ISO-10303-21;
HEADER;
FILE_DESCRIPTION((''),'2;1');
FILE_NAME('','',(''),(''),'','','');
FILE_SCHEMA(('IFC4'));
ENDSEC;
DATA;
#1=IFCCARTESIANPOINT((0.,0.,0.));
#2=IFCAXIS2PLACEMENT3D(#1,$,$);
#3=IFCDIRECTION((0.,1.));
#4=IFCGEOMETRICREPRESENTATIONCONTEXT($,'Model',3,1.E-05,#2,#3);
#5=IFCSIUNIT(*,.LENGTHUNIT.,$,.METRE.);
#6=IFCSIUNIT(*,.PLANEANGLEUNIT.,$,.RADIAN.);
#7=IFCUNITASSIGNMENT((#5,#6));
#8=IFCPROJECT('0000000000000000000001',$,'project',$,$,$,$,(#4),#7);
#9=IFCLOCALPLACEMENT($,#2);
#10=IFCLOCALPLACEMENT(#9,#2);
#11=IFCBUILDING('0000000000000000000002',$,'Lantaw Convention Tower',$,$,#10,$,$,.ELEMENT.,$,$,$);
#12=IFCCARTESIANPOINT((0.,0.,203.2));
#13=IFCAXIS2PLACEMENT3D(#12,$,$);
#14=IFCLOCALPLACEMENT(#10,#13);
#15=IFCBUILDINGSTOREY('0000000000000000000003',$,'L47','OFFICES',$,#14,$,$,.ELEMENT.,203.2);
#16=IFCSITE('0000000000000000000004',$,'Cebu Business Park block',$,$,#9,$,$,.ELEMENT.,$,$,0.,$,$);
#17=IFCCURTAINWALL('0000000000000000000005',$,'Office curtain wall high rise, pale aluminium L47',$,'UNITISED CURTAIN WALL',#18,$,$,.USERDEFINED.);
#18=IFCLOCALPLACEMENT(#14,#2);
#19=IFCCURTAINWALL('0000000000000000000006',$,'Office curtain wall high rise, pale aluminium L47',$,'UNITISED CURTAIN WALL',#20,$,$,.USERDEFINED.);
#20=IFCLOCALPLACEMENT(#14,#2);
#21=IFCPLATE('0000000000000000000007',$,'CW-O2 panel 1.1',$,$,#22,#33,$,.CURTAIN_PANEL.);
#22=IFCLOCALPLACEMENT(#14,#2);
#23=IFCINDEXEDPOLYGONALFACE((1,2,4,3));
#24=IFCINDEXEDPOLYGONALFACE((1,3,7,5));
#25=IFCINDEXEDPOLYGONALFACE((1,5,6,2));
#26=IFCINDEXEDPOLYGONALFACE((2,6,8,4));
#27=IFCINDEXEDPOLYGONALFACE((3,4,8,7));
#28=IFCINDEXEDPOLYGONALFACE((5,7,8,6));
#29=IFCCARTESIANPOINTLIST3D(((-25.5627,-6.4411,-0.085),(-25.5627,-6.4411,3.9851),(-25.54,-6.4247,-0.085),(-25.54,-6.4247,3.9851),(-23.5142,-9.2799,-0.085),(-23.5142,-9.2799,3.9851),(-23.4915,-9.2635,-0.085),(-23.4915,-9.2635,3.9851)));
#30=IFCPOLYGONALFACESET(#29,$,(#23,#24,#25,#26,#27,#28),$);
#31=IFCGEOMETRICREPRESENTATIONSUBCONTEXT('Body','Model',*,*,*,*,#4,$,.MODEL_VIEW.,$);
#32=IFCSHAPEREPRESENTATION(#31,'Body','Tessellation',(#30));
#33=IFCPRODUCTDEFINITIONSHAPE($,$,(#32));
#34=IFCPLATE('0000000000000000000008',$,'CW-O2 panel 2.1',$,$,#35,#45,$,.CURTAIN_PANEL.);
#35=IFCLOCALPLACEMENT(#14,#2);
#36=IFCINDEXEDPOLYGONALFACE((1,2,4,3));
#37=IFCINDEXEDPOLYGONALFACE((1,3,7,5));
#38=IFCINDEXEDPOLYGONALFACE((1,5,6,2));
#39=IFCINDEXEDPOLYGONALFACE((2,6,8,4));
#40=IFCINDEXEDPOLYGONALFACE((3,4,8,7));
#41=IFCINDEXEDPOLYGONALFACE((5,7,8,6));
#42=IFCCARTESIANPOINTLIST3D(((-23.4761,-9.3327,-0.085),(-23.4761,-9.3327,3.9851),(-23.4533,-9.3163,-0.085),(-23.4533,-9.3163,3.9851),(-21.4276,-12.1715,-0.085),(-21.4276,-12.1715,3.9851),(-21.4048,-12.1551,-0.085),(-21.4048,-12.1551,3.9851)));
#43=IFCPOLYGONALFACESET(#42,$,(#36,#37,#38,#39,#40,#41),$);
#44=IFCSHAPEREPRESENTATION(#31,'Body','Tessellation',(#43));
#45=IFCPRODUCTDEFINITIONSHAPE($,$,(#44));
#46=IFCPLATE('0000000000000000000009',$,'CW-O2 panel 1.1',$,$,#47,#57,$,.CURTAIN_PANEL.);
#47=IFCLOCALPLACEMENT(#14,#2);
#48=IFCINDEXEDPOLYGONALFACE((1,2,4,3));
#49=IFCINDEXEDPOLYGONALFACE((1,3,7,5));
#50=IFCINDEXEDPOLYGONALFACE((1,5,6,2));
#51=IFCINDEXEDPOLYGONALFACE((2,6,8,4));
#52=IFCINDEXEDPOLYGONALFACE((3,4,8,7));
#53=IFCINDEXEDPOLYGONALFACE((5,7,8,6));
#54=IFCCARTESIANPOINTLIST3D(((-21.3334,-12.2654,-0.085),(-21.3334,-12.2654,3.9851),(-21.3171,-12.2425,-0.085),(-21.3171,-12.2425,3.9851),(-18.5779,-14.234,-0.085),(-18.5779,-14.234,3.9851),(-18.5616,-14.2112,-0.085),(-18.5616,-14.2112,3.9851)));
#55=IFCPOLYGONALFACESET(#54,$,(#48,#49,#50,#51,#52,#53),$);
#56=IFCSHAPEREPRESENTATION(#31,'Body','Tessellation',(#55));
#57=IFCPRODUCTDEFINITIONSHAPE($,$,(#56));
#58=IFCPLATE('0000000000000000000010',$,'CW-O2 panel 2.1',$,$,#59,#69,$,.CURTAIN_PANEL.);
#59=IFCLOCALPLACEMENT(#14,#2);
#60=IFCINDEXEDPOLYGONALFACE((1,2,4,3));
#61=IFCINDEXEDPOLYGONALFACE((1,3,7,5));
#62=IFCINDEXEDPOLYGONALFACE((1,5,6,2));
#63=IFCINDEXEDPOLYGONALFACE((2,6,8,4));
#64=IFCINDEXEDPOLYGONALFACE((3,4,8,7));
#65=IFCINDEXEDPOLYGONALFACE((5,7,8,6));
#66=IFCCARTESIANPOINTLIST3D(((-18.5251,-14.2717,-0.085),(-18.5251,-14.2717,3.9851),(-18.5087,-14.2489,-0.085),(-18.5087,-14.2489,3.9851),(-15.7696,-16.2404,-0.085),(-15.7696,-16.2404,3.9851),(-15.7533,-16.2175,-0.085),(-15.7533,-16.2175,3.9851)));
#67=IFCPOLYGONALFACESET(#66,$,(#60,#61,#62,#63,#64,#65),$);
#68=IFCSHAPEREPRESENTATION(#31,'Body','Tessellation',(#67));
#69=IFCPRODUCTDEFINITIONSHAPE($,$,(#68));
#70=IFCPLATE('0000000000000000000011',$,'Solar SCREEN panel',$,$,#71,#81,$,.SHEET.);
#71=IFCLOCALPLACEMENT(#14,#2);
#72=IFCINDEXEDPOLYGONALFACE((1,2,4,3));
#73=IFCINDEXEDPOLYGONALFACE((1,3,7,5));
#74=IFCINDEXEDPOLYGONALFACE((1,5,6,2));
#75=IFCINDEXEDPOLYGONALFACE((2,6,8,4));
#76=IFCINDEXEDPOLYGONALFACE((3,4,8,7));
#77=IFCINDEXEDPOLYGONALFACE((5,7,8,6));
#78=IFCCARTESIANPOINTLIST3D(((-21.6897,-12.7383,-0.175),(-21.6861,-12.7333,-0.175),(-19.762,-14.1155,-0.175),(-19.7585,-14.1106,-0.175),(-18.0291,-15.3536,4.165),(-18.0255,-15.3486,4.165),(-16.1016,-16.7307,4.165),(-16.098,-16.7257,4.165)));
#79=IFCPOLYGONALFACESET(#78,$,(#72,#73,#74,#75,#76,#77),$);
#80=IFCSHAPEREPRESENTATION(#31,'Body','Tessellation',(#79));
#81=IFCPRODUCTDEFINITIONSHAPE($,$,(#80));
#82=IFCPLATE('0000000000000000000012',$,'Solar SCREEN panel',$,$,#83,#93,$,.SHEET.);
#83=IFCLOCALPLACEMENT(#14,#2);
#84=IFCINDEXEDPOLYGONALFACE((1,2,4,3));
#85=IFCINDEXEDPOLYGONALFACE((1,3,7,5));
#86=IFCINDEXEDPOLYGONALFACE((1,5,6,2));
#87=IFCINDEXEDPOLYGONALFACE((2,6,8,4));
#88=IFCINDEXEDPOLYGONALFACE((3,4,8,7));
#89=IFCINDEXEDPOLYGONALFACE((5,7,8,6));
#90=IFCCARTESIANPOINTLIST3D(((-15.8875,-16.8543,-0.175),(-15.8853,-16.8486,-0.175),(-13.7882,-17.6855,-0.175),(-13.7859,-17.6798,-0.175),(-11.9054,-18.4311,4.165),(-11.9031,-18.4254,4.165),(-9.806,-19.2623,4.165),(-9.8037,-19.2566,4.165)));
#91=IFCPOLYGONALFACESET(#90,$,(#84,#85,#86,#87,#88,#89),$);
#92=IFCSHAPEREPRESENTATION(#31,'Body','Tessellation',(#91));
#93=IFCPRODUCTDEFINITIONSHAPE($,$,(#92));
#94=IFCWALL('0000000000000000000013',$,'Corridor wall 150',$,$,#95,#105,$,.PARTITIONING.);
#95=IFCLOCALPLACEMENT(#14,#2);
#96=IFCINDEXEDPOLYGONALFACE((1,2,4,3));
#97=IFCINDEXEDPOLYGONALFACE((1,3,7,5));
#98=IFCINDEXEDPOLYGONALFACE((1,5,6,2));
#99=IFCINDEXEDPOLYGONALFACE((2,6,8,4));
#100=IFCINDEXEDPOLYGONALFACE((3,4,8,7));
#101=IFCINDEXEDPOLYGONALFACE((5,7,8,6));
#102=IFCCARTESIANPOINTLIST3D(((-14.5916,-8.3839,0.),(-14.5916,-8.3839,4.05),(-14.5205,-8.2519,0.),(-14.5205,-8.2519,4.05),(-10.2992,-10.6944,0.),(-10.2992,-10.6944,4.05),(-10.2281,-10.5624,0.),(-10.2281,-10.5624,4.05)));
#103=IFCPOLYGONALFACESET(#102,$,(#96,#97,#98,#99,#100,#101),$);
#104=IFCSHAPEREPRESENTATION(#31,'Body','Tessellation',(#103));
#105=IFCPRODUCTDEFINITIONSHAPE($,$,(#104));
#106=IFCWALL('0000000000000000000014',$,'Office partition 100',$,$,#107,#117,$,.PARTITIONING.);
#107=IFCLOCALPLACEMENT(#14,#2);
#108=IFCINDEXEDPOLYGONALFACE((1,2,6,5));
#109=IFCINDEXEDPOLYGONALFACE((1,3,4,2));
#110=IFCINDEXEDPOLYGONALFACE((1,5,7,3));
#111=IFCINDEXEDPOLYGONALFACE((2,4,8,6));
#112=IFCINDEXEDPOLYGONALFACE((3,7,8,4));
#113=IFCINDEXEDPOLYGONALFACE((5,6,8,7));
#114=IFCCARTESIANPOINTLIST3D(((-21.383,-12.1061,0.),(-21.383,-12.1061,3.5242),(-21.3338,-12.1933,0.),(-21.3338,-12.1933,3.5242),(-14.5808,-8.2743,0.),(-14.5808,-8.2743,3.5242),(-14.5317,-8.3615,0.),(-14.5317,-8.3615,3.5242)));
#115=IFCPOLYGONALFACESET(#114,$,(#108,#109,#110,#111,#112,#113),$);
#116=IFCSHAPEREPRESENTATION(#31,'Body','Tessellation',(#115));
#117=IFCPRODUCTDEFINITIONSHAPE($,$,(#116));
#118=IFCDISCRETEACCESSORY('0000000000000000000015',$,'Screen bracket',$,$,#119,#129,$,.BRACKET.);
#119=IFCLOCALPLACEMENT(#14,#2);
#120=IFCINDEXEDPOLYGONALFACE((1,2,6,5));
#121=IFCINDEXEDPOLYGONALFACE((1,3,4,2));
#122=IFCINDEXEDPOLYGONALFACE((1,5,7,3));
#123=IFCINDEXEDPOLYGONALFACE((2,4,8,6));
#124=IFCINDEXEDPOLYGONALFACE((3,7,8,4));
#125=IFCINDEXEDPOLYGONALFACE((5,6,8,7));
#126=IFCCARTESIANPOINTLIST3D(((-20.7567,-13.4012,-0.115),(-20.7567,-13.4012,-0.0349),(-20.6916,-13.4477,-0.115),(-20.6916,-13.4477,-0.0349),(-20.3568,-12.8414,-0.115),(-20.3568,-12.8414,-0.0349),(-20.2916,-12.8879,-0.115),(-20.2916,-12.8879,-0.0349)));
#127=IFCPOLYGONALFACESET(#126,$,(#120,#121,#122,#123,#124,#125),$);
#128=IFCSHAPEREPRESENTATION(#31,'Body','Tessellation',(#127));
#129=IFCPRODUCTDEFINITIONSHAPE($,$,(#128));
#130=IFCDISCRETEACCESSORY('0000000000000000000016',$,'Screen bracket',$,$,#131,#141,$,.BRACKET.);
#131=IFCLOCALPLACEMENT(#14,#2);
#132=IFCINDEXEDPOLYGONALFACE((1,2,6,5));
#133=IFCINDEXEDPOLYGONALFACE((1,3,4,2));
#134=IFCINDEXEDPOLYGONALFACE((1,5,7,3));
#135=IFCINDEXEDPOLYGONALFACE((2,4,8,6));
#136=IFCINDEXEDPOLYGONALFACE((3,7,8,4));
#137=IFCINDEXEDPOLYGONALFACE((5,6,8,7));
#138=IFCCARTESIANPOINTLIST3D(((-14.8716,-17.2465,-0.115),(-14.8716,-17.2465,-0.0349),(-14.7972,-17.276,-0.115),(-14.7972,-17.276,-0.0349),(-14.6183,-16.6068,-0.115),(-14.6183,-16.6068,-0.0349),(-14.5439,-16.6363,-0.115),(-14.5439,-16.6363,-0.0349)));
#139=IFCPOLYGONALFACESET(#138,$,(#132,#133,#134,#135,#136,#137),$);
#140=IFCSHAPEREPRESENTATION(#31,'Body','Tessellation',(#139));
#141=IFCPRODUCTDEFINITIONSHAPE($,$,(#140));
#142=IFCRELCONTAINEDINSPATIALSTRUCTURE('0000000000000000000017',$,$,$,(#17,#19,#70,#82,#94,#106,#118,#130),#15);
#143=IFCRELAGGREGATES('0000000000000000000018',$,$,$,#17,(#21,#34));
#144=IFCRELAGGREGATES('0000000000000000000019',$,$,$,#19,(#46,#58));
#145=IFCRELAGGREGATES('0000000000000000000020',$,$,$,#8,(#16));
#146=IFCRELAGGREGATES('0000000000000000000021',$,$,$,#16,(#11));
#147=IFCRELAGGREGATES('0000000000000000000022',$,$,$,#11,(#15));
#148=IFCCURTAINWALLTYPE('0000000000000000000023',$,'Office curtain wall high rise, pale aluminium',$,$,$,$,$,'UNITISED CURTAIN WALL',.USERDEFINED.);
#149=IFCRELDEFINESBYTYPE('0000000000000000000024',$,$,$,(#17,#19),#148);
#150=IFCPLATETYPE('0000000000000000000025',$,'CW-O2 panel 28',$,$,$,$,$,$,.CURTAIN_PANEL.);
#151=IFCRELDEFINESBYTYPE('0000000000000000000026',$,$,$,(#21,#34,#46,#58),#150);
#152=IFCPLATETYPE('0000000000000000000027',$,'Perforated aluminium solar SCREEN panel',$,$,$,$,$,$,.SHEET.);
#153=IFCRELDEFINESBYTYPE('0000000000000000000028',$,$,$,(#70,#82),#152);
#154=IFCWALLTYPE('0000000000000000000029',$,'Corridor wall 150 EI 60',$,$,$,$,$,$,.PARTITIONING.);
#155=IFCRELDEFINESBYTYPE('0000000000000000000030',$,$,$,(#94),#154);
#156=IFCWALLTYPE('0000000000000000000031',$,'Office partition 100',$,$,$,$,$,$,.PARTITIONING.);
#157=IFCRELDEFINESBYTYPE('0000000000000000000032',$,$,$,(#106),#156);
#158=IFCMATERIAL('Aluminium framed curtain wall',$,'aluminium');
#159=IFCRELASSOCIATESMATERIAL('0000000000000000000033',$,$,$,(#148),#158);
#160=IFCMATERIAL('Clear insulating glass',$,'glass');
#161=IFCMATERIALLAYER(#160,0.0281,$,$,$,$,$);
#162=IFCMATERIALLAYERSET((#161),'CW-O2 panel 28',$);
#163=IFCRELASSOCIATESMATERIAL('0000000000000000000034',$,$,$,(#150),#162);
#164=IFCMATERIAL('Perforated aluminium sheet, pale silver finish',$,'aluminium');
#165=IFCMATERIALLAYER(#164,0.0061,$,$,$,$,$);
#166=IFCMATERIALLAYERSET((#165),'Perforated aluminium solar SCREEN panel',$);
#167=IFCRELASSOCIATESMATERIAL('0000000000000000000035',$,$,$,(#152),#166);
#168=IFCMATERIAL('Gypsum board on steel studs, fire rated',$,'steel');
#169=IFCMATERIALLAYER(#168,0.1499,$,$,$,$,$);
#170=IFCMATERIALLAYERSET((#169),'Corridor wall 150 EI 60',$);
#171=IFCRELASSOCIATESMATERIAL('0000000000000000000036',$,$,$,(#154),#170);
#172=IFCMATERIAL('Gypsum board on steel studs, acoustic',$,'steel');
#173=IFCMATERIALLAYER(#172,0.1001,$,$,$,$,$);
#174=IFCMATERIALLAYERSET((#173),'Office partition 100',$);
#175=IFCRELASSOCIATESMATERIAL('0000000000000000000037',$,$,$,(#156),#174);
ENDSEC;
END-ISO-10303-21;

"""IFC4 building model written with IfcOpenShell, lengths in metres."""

from ifc_helpers import new_model, si_unit, direction, frame, frame_2d, origin, origin_2d, place, context, subcontext, project, spatial, polyline, rectangle, outline, extrude, material, layer, layer_set, type_object, element, aggregate, save


model = new_model("IFC4")

# Units and contexts
model_context = context("Model", 3, precision=1e-05, world=origin(), true_north=direction((0.0, 1.0)))
body_context = subcontext(model_context, "Body", "Model", "MODEL_VIEW")
ifc_project = project(units=[si_unit("LENGTHUNIT", "METRE"), si_unit("PLANEANGLEUNIT", "RADIAN")], contexts=[model_context])

# Site, building, storey
site_placement = place(None, origin())
site = spatial("IfcSite", under=ifc_project, at=site_placement, Name="Cebu Business Park block", CompositionType="ELEMENT", RefElevation=0.0)
building_placement = place(site_placement, origin())
building = spatial("IfcBuilding", under=site, at=building_placement, Name="Lantaw Convention Tower", CompositionType="ELEMENT")
storey_placement = place(building_placement, frame((0.0, 0.0, 203.2)))
storey = spatial("IfcBuildingStorey", under=building, at=storey_placement, Name="L47", Description="OFFICES", CompositionType="ELEMENT", Elevation=203.2)

# Curtain walls
ifc_material_1 = material(Name="Aluminium framed curtain wall", Category="aluminium")
curtain_wall_type = type_object("IfcCurtainWallType", Name="Office curtain wall high rise, pale aluminium", ElementType="UNITISED CURTAIN WALL", PredefinedType="USERDEFINED", material=ifc_material_1)
curtain_wall_1_placement = place(storey_placement, origin())
curtain_wall_1 = element("IfcCurtainWall", 1, at=curtain_wall_1_placement, inside=storey, type_object=curtain_wall_type, Name="Office curtain wall high rise, pale aluminium L47", ObjectType="UNITISED CURTAIN WALL", PredefinedType="USERDEFINED")
curtain_wall_2_placement = place(storey_placement, origin())
curtain_wall_2 = element("IfcCurtainWall", 2, at=curtain_wall_2_placement, inside=storey, type_object=curtain_wall_type, Name="Office curtain wall high rise, pale aluminium L47", ObjectType="UNITISED CURTAIN WALL", PredefinedType="USERDEFINED")

# Plates
ifc_material_2 = material(Name="Clear insulating glass", Category="glass")
ifc_layer_1 = layer(ifc_material_2, 0.0281)
ifc_layer_set_1 = layer_set([ifc_layer_1], Name="CW-O2 panel 28")
plate_type_1 = type_object("IfcPlateType", Name="CW-O2 panel 28", PredefinedType="CURTAIN_PANEL", material=ifc_layer_set_1)
plate_1_placement = place(storey_placement, frame((-24.5271, -7.8523, -0.085), z_axis=(0.0, 0.0, 1.0), x_axis=(0.585158, -0.81092, 0.0)))
plate_1 = element("IfcPlate", 3, at=plate_1_placement, type_object=plate_type_1, Name="CW-O2 panel 1.1", PredefinedType="CURTAIN_PANEL", context=body_context, shape_type="SweptSolid", body=[
    extrude(rectangle(XDim=3.5007, YDim=0.0281, at=origin_2d()), origin(), (0.0, 0.0, 1.0), 4.0701),
])
plate_2_placement = place(storey_placement, frame((-22.4404, -10.7439, -0.085), z_axis=(0.0, 0.0, 1.0), x_axis=(0.585158, -0.81092, 0.0)))
plate_2 = element("IfcPlate", 4, at=plate_2_placement, type_object=plate_type_1, Name="CW-O2 panel 2.1", PredefinedType="CURTAIN_PANEL", context=body_context, shape_type="SweptSolid", body=[
    extrude(rectangle(XDim=3.5007, YDim=0.0281, at=origin_2d()), origin(), (0.0, 0.0, 1.0), 4.0701),
])
aggregate(curtain_wall_1, [plate_1, plate_2])
plate_3_placement = place(storey_placement, frame((-19.9475, -13.2383, -0.085), z_axis=(0.0, 0.0, 1.0), x_axis=(0.813673, -0.581323, 0.0)))
plate_3 = element("IfcPlate", 5, at=plate_3_placement, type_object=plate_type_1, Name="CW-O2 panel 1.1", PredefinedType="CURTAIN_PANEL", context=body_context, shape_type="SweptSolid", body=[
    extrude(rectangle(XDim=3.3865, YDim=0.0281, at=origin_2d()), origin(), (0.0, 0.0, 1.0), 4.0701),
])
plate_4_placement = place(storey_placement, frame((-17.1392, -15.2446, -0.085), z_axis=(0.0, 0.0, 1.0), x_axis=(0.813673, -0.581323, 0.0)))
plate_4 = element("IfcPlate", 6, at=plate_4_placement, type_object=plate_type_1, Name="CW-O2 panel 2.1", PredefinedType="CURTAIN_PANEL", context=body_context, shape_type="SweptSolid", body=[
    extrude(rectangle(XDim=3.3865, YDim=0.0281, at=origin_2d()), origin(), (0.0, 0.0, 1.0), 4.0701),
])
aggregate(curtain_wall_2, [plate_3, plate_4])

# Plates
ifc_material_3 = material(Name="Perforated aluminium sheet, pale silver finish", Category="aluminium")
ifc_layer_2 = layer(ifc_material_3, 0.0061)
ifc_layer_set_2 = layer_set([ifc_layer_2], Name="Perforated aluminium solar SCREEN panel")
plate_type_2 = type_object("IfcPlateType", Name="Perforated aluminium solar SCREEN panel", PredefinedType="SHEET", material=ifc_layer_set_2)
plate_5_placement = place(storey_placement, frame((-21.6897, -12.7383, -0.175), z_axis=(-0.581331, -0.813667, 0.00001), x_axis=(0.813667, -0.581331, 0.0)))
element("IfcPlate", 7, at=plate_5_placement, inside=storey, type_object=plate_type_2, Name="Solar SCREEN panel", PredefinedType="SHEET", context=body_context, shape_type="SweptSolid", body=[
    extrude(outline(polyline([(0.0, 0.0), (2.3691, 0.0), (6.8678, 4.3401), (4.4989, 4.3401), (0.0, 0.0)])), origin(), (0.0, 0.0, -1.0), 0.0061),
])
plate_6_placement = place(storey_placement, frame((-15.8853, -16.8486, -0.175), z_axis=(0.368117, 0.92978, 0.000036), x_axis=(0.92978, -0.368117, 0.0)))
element("IfcPlate", 8, at=plate_6_placement, inside=storey, type_object=plate_type_2, Name="Solar SCREEN panel", PredefinedType="SHEET", context=body_context, shape_type="SweptSolid", body=[
    extrude(outline(polyline([(0.0, 0.0), (2.2579, 0.0), (6.5409, -4.3401), (4.2829, -4.3401), (0.0, 0.0)])), origin(), (0.0, 0.0, -1.0), 0.0061),
])

# Walls
ifc_material_4 = material(Name="Gypsum board on steel studs, fire rated", Category="steel")
ifc_layer_3 = layer(ifc_material_4, 0.1499)
ifc_layer_set_3 = layer_set([ifc_layer_3], Name="Corridor wall 150 EI 60")
wall_type_1 = type_object("IfcWallType", Name="Corridor wall 150 EI 60", PredefinedType="PARTITIONING", material=ifc_layer_set_3)
wall_1_placement = place(storey_placement, frame((-14.5562, -8.3179, 0.0), z_axis=(0.0, 0.0, 1.0), x_axis=(0.880539, -0.473974, 0.0)))
element("IfcWall", 9, at=wall_1_placement, inside=storey, type_object=wall_type_1, Name="Corridor wall 150", PredefinedType="PARTITIONING", context=body_context, shape_type="SweptSolid", body=[
    extrude(rectangle(XDim=4.8748, YDim=0.1499, at=frame_2d((2.4375, 0.0))), origin(), (0.0, 0.0, 1.0), 4.05),
])
ifc_material_5 = material(Name="Gypsum board on steel studs, acoustic", Category="steel")
ifc_layer_4 = layer(ifc_material_5, 0.1001)
ifc_layer_set_4 = layer_set([ifc_layer_4], Name="Office partition 100")
wall_type_2 = type_object("IfcWallType", Name="Office partition 100", PredefinedType="PARTITIONING", material=ifc_layer_set_4)
wall_2_placement = place(storey_placement, frame((-21.3584, -12.1497, 0.0), z_axis=(0.0, 0.0, 1.0), x_axis=(0.871273, 0.490799, 0.0)))
element("IfcWall", 10, at=wall_2_placement, inside=storey, type_object=wall_type_2, Name="Office partition 100", PredefinedType="PARTITIONING", context=body_context, shape_type="SweptSolid", body=[
    extrude(rectangle(XDim=7.8071, YDim=0.1001, at=frame_2d((3.9036, 0.0))), origin(), (0.0, 0.0, 1.0), 3.5242),
])

# Discrete accessories
for number, where, z_axis, x_axis, name in (
    (11, (-20.5242, -13.1445, -0.115), (0.0, 0.0, 1.0), (0.813673, -0.581323, 0.0), "Screen bracket"),
    (12, (-14.7078, -16.9414, -0.115), (0.0, 0.0, 1.0), (0.929762, -0.368162, 0.0), "Screen bracket"),
):
    element("IfcDiscreteAccessory", number, at=place(storey_placement, frame(where, z_axis=z_axis, x_axis=x_axis)), inside=storey, Name=name, PredefinedType="BRACKET", context=body_context, shape_type="SweptSolid", body=[
        extrude(rectangle(XDim=0.0801, YDim=0.688, at=origin_2d()), origin(), (0.0, 0.0, 1.0), 0.0801),
    ])

save(model, "model.ifc")
